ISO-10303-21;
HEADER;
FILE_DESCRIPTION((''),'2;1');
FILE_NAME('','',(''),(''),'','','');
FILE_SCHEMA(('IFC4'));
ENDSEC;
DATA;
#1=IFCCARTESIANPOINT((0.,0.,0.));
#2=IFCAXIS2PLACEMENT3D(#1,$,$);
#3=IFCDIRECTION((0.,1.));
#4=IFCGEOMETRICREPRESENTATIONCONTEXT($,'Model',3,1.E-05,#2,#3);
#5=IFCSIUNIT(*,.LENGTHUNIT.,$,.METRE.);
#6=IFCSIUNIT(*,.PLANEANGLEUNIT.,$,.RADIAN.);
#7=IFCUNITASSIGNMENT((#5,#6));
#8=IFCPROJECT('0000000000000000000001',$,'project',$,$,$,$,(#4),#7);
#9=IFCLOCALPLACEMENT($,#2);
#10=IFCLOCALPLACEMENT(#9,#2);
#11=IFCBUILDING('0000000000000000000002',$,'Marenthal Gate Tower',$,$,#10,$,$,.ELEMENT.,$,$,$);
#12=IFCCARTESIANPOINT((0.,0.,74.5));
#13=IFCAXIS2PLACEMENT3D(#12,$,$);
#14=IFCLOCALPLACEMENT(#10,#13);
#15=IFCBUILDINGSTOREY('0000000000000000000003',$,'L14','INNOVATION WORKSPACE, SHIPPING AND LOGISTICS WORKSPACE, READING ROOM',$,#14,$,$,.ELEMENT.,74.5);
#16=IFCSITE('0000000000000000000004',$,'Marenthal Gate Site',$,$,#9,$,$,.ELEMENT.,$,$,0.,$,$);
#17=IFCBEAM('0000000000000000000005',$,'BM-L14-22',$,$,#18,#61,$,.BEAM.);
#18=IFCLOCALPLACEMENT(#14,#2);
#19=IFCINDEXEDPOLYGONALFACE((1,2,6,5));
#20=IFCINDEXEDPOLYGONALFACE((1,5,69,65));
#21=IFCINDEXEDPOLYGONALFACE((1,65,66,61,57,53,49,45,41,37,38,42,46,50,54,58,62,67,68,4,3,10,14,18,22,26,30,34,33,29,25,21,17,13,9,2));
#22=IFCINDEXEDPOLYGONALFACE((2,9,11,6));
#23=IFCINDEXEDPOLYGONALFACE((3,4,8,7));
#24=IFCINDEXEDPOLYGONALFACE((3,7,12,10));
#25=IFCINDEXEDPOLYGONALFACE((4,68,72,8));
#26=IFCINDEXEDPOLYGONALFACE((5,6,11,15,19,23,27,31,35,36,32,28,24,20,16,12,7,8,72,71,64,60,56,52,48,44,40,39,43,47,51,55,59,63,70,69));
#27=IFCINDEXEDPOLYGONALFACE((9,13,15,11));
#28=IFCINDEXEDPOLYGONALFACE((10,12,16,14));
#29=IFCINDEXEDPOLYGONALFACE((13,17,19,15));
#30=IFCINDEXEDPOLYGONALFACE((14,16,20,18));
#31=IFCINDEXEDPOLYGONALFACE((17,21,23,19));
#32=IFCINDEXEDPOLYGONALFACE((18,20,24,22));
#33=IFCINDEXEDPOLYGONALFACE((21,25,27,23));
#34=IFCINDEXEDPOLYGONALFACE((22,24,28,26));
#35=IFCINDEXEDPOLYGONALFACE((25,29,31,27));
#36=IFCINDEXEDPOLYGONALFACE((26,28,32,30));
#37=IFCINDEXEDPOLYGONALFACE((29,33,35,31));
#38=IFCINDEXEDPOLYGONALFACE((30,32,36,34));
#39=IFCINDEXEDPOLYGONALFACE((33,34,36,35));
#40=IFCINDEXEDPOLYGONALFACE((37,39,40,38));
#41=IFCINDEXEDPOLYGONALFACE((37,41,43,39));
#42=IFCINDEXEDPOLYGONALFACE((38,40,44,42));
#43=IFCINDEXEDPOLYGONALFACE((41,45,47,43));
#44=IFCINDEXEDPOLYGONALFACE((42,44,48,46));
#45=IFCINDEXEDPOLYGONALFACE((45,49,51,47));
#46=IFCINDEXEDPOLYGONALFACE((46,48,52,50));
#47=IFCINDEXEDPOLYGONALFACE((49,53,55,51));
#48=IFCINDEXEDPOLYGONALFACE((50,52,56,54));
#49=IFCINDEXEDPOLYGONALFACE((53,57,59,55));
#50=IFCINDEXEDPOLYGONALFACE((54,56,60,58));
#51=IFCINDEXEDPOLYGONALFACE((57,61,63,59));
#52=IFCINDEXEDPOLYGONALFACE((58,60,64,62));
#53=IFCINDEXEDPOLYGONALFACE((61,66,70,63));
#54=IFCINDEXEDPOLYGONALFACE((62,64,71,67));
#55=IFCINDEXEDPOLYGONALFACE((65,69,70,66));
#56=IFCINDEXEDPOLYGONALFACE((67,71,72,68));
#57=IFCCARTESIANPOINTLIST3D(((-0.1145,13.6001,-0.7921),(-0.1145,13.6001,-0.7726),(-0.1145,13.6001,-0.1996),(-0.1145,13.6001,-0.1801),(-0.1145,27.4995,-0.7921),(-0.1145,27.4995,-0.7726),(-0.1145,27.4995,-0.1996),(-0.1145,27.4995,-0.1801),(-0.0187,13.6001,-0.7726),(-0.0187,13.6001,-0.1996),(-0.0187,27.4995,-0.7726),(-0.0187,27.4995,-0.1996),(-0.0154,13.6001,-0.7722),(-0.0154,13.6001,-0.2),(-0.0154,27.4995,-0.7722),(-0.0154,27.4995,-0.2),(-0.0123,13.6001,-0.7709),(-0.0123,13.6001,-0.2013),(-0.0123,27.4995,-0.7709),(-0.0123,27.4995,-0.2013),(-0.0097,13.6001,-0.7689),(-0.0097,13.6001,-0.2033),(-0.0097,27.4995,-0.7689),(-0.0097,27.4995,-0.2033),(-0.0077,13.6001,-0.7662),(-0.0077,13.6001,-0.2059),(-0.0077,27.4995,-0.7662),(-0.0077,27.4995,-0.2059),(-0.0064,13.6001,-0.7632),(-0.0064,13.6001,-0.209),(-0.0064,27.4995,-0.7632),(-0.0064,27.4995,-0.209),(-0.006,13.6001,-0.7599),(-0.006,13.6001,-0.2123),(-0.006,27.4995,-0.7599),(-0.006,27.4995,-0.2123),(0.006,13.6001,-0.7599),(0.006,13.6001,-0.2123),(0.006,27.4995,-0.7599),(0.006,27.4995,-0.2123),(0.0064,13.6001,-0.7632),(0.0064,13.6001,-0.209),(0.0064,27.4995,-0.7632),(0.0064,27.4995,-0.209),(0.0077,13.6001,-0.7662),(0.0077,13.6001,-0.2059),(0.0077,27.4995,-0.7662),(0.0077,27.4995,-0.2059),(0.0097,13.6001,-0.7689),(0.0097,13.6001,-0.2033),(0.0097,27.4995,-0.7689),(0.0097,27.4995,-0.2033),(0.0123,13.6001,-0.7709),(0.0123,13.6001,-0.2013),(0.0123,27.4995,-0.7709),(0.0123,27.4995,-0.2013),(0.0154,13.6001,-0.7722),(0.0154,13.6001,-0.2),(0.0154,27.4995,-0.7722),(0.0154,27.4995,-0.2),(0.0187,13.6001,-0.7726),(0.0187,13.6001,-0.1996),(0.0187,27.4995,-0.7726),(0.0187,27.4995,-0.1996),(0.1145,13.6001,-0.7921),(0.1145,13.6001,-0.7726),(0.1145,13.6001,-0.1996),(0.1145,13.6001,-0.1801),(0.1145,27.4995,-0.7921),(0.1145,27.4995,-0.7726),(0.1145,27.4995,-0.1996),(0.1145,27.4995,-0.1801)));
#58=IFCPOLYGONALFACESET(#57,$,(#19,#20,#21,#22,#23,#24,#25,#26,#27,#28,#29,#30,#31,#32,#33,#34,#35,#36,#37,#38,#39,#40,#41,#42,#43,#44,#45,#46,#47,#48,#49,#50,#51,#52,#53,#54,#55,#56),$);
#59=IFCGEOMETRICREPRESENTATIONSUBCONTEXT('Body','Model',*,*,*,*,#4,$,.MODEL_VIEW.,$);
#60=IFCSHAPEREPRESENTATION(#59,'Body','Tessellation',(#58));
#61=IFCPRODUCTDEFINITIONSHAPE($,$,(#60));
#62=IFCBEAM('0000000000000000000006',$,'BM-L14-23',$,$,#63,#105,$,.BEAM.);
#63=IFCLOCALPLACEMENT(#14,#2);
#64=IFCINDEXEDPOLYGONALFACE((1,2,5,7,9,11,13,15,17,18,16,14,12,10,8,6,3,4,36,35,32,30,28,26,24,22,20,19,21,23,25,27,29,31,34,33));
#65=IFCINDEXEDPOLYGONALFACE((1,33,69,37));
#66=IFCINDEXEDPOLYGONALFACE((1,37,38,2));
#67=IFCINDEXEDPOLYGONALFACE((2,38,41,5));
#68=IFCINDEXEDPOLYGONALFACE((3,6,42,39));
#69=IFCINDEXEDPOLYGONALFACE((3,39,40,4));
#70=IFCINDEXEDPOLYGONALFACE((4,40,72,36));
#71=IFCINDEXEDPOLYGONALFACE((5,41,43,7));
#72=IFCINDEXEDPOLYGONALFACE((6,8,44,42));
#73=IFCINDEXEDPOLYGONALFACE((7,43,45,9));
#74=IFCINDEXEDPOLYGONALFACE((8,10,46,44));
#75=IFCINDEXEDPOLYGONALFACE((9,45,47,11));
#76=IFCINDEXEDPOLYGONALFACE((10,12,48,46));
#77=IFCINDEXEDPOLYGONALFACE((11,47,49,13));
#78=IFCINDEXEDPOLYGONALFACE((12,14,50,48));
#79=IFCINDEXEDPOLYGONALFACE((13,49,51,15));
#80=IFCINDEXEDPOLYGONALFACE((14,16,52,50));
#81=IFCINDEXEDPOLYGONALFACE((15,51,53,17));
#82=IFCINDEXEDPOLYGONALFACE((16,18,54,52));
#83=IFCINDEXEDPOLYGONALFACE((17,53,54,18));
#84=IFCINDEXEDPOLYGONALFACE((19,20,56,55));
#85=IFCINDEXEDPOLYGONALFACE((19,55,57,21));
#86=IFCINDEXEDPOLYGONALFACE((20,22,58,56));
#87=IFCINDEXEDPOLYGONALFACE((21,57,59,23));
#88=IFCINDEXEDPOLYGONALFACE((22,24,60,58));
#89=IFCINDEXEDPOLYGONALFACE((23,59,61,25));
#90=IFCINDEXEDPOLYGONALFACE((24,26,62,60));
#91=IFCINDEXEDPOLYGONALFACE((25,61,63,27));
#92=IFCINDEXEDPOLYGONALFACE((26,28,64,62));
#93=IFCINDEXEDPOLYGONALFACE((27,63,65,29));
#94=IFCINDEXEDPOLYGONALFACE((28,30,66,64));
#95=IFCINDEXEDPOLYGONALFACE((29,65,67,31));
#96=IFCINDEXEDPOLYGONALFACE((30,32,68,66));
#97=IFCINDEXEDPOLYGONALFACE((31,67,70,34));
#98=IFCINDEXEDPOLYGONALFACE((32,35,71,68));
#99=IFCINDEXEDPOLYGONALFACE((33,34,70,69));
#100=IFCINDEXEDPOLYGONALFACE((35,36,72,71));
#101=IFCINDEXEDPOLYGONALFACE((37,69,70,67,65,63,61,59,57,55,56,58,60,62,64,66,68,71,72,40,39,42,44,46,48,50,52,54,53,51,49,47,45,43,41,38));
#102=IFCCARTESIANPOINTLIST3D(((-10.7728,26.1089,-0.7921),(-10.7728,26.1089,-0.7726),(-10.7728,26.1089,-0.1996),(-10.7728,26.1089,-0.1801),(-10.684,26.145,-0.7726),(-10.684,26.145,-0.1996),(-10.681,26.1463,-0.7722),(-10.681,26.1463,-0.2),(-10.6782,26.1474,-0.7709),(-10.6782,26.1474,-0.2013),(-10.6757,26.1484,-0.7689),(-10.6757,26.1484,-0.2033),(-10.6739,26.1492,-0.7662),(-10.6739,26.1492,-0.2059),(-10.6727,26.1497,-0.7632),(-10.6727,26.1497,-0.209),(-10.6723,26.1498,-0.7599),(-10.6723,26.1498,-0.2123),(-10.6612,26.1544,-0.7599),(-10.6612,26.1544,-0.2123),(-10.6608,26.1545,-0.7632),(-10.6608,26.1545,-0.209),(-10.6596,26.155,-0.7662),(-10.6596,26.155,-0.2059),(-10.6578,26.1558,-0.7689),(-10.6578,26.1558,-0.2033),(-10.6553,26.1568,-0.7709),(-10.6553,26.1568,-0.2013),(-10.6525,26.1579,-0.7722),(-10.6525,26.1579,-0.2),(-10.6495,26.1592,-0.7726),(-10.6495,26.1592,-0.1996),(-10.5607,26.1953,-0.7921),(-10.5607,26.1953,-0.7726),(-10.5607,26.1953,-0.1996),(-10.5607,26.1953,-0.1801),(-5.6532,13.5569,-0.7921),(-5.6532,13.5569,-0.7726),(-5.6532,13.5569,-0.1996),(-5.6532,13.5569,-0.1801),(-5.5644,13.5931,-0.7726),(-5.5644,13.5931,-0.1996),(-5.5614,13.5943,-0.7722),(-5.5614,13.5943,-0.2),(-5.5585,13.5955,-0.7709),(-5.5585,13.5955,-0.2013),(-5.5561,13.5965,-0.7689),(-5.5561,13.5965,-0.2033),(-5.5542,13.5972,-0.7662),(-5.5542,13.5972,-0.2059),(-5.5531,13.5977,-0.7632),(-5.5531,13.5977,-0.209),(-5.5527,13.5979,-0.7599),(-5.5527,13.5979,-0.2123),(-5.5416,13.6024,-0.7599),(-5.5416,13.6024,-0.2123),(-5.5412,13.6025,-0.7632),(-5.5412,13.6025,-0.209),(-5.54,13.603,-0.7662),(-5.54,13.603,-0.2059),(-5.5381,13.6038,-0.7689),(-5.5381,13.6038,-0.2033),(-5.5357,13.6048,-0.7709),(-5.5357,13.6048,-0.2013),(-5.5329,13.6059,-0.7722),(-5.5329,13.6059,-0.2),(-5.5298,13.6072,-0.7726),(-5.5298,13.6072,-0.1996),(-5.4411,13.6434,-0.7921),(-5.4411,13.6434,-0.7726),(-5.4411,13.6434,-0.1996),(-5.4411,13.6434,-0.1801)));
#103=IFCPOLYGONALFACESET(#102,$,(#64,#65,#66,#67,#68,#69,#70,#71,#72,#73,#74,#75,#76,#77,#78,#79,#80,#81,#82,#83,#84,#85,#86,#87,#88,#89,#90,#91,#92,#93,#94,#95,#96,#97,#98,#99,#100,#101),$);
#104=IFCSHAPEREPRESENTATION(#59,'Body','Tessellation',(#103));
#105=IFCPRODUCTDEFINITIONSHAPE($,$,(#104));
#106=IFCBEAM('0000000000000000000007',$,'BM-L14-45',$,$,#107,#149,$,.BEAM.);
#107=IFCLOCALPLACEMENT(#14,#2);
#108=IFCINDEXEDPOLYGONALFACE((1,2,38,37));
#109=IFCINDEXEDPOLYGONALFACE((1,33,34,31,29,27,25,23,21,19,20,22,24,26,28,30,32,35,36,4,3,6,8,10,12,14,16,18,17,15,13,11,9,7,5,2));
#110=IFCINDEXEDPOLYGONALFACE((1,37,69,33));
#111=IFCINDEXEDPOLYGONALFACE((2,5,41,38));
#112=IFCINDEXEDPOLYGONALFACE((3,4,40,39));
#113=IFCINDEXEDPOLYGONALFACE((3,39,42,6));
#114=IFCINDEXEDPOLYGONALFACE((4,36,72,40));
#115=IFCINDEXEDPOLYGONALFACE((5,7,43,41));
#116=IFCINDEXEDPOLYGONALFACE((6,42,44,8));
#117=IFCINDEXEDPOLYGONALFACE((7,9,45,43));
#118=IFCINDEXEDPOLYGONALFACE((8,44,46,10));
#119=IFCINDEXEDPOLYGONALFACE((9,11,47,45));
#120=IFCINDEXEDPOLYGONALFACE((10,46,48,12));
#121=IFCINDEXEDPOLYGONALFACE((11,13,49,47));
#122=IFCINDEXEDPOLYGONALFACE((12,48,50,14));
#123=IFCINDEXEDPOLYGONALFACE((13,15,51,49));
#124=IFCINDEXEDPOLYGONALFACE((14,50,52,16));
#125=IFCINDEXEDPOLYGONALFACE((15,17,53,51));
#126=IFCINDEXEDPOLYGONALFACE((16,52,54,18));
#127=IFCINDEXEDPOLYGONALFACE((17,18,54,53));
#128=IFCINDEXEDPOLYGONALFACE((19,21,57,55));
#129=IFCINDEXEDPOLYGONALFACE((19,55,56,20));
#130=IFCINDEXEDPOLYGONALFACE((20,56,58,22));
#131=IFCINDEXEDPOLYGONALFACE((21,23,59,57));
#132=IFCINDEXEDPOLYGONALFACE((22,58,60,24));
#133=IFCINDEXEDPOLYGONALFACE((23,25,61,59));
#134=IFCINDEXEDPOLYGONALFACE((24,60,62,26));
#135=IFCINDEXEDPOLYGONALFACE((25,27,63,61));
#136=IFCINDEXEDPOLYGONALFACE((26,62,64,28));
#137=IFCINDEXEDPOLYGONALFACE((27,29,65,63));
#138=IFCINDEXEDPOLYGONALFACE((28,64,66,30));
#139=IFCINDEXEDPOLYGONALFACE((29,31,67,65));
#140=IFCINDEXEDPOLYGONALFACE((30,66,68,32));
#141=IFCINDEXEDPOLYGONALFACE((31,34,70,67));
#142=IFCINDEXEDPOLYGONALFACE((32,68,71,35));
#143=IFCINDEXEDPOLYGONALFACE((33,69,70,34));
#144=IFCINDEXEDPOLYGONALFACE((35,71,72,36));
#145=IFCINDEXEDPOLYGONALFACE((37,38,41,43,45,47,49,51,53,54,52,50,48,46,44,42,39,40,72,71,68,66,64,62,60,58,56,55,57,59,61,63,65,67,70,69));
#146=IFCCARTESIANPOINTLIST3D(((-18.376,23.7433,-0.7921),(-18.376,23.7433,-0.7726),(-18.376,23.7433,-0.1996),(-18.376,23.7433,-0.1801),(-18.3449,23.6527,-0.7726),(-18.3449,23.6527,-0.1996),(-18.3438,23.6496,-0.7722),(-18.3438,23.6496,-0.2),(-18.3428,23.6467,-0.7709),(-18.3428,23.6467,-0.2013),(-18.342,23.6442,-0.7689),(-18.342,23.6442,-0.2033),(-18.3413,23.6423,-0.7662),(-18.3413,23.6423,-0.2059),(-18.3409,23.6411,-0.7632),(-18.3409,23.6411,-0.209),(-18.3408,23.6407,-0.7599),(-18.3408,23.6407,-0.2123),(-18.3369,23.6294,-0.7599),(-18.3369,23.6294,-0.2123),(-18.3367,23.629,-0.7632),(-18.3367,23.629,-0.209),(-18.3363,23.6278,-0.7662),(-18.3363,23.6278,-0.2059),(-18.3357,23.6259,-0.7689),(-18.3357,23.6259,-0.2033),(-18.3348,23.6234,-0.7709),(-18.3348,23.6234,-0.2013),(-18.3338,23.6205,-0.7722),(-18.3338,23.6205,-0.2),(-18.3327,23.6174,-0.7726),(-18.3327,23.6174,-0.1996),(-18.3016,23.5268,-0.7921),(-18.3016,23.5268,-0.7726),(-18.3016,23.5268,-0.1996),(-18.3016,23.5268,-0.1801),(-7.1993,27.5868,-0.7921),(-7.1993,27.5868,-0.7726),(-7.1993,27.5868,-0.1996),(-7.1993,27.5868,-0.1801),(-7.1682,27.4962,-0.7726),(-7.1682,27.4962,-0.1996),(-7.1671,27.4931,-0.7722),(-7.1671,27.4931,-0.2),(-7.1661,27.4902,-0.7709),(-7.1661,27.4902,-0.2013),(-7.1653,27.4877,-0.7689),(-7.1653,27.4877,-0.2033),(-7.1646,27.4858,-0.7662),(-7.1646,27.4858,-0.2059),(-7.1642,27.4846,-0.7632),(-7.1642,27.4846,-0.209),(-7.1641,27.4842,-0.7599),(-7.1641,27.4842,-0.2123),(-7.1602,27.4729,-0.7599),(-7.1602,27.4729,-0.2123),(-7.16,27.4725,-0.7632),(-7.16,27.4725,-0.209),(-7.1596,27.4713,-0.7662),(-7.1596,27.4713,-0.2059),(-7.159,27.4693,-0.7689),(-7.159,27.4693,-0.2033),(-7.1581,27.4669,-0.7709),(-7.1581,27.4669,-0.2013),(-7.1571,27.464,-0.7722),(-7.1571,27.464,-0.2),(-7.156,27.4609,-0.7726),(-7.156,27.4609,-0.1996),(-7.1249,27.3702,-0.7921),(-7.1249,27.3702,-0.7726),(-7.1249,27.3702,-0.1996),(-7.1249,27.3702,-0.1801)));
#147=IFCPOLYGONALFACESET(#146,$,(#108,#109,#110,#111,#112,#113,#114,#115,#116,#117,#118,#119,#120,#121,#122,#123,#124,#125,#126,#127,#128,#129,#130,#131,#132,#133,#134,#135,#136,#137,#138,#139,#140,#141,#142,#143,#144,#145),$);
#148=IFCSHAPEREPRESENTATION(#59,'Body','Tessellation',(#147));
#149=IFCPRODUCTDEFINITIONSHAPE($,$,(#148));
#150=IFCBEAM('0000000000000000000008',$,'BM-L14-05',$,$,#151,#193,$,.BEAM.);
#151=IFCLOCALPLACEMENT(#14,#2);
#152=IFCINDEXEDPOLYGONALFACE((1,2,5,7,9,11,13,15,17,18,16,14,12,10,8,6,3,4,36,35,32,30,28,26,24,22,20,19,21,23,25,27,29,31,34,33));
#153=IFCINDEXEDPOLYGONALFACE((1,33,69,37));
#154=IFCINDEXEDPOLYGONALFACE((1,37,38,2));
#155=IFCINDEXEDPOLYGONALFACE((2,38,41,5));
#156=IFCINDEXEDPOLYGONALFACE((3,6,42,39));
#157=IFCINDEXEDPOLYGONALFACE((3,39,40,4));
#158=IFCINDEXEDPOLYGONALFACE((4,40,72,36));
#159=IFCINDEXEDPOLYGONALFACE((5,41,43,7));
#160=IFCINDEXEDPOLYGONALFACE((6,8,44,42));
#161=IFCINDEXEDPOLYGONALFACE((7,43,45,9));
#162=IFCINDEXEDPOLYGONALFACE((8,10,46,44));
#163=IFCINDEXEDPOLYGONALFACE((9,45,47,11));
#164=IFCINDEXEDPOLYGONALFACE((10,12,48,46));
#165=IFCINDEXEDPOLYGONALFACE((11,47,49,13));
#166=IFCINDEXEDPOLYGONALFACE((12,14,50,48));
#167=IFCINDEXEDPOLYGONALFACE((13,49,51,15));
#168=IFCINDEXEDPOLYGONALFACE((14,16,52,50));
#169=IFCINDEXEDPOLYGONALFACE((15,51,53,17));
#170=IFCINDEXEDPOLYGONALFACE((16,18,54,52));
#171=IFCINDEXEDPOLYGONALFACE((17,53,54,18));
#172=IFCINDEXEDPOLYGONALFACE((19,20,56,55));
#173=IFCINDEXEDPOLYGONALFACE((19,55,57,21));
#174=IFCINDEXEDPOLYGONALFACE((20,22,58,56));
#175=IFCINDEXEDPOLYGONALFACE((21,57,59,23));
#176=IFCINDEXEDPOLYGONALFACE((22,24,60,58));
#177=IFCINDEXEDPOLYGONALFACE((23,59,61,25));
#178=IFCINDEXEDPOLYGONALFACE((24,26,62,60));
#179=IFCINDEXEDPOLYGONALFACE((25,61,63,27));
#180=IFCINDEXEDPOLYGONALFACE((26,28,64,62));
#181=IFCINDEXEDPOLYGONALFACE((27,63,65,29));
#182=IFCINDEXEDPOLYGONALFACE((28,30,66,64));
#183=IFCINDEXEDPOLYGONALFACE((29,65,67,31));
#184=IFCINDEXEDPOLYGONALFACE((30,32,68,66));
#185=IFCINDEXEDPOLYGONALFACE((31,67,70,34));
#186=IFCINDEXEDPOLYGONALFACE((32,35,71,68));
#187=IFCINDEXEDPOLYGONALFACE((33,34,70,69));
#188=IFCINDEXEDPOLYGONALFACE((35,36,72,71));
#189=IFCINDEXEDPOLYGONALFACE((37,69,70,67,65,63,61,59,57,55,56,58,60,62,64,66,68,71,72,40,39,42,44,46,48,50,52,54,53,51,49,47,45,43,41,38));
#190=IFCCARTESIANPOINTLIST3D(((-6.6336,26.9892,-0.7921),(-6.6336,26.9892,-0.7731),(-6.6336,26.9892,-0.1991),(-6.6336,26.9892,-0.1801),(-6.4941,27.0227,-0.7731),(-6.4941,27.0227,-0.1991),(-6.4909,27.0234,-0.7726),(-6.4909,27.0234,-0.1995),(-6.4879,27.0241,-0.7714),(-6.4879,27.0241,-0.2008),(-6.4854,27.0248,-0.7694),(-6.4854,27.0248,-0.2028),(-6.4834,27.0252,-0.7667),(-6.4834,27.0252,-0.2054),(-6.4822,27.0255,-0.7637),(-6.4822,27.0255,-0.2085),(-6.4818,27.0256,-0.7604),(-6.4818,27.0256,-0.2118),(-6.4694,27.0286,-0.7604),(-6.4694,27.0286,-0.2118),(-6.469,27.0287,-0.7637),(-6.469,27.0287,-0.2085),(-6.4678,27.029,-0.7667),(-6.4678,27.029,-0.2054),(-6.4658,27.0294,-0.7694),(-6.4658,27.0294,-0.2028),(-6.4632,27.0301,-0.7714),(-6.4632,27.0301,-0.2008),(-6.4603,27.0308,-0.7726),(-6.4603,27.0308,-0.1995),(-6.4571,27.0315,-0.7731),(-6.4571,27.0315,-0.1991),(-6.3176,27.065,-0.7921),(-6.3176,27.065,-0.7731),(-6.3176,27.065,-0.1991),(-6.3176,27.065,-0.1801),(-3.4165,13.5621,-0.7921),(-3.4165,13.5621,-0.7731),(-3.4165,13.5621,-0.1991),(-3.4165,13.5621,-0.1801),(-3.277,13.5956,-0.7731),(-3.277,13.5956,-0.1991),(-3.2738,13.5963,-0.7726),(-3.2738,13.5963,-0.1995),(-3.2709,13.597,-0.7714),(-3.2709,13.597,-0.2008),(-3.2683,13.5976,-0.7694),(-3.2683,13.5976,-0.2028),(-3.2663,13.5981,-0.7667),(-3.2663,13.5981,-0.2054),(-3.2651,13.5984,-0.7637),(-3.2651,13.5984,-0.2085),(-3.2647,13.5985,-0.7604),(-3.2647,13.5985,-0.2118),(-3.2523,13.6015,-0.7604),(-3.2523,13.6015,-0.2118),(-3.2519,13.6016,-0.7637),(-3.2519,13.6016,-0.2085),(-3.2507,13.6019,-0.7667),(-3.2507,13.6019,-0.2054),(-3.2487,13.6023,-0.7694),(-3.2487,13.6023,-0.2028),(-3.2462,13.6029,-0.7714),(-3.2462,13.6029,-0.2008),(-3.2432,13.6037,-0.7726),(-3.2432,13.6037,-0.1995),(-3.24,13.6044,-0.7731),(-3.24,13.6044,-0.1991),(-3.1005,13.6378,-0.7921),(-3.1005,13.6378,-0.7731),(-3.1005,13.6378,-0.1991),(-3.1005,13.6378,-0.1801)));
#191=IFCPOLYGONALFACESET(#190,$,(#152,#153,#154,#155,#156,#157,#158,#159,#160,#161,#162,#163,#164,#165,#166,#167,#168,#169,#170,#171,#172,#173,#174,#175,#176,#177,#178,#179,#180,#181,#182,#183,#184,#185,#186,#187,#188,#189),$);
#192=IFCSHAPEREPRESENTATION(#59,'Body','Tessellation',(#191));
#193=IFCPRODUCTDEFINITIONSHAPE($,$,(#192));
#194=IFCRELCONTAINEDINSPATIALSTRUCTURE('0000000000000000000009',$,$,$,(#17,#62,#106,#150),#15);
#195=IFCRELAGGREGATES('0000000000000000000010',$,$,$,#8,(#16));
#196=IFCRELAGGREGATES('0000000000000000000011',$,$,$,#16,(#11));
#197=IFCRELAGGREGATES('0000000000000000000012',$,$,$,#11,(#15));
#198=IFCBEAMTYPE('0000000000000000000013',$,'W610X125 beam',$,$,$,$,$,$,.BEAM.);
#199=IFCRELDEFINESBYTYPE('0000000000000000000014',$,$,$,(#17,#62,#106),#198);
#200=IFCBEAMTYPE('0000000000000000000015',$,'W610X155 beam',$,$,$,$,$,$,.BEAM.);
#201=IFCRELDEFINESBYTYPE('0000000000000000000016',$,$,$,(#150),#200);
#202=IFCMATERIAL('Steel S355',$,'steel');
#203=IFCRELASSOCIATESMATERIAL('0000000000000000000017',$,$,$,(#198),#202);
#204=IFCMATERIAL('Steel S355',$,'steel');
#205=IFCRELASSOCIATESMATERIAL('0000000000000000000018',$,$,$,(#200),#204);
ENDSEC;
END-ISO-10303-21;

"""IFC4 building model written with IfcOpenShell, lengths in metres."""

from ifc_helpers import new_model, si_unit, direction, frame, origin, origin_2d, place, context, subcontext, project, spatial, i_section, extrude, material, material_profile, profile_set, type_object, element, save


model = new_model("IFC4")

# Units and contexts
model_context = context("Model", 3, precision=1e-05, world=origin(), true_north=direction((0.0, 1.0)))
body_context = subcontext(model_context, "Body", "Model", "MODEL_VIEW")
ifc_project = project(units=[si_unit("LENGTHUNIT", "METRE"), si_unit("PLANEANGLEUNIT", "RADIAN")], contexts=[model_context])

# Site, building, storey
site_placement = place(None, origin())
site = spatial("IfcSite", under=ifc_project, at=site_placement, Name="Marenthal Gate Site", CompositionType="ELEMENT", RefElevation=0.0)
building_placement = place(site_placement, origin())
building = spatial("IfcBuilding", under=site, at=building_placement, Name="Marenthal Gate Tower", CompositionType="ELEMENT")
storey_placement = place(building_placement, frame((0.0, 0.0, 74.5)))
storey = spatial("IfcBuildingStorey", under=building, at=storey_placement, Name="L14", Description="INNOVATION WORKSPACE, SHIPPING AND LOGISTICS WORKSPACE, READING ROOM", CompositionType="ELEMENT", Elevation=74.5)

# Beams
ifc_material_1 = material(Name="Steel S355", Category="steel")
ifc_material_profile_1 = material_profile(ifc_material_1, i_section(OverallWidth=0.229, OverallDepth=0.6121, WebThickness=0.012, FlangeThickness=0.0195, FilletRadius=0.0127, at=origin_2d()), Name="W610X125")
ifc_profile_set_1 = profile_set([ifc_material_profile_1], Name="Steel S355")
beam_type_1 = type_object("IfcBeamType", Name="W610X125 beam", PredefinedType="BEAM", material=ifc_profile_set_1)
beam_1_placement = place(storey_placement, frame((0.0, 27.4995, -0.4861), z_axis=(0.0, -1.0, 0.0), x_axis=(1.0, 0.0, 0.0)))
element("IfcBeam", 1, at=beam_1_placement, inside=storey, type_object=beam_type_1, Name="BM-L14-22", PredefinedType="BEAM", context=body_context, shape_type="SweptSolid", body=[
    extrude(i_section(OverallWidth=0.229, OverallDepth=0.6121, WebThickness=0.012, FlangeThickness=0.0195, FilletRadius=0.0127, at=origin_2d()), origin(), (0.0, 0.0, 1.0), 13.8994),
])
beam_2_placement = place(storey_placement, frame((-10.6667, 26.1521, -0.4861), z_axis=(0.377667, -0.925941, 0.0), x_axis=(0.925941, 0.377667, 0.0)))
element("IfcBeam", 2, at=beam_2_placement, inside=storey, type_object=beam_type_1, Name="BM-L14-23", PredefinedType="BEAM", context=body_context, shape_type="SweptSolid", body=[
    extrude(i_section(OverallWidth=0.229, OverallDepth=0.6121, WebThickness=0.012, FlangeThickness=0.0195, FilletRadius=0.0127, at=origin_2d()), origin(), (0.0, 0.0, 1.0), 13.5559),
])
beam_3_placement = place(storey_placement, frame((-7.1621, 27.4785, -0.4861), z_axis=(-0.945648, -0.325193, 0.0), x_axis=(0.325193, -0.945648, 0.0)))
element("IfcBeam", 3, at=beam_3_placement, inside=storey, type_object=beam_type_1, Name="BM-L14-45", PredefinedType="BEAM", context=body_context, shape_type="SweptSolid", body=[
    extrude(i_section(OverallWidth=0.229, OverallDepth=0.6121, WebThickness=0.012, FlangeThickness=0.0195, FilletRadius=0.0127, at=origin_2d()), origin(), (0.0, 0.0, 1.0), 11.8191),
])
ifc_material_2 = material(Name="Steel S355", Category="steel")
ifc_material_profile_2 = material_profile(ifc_material_2, i_section(OverallWidth=0.325, OverallDepth=0.6121, WebThickness=0.0127, FlangeThickness=0.019, FilletRadius=0.0127, at=origin_2d()), Name="W610X155")
ifc_profile_set_2 = profile_set([ifc_material_profile_2], Name="Steel S355")
beam_type_2 = type_object("IfcBeamType", Name="W610X155 beam", PredefinedType="BEAM", material=ifc_profile_set_2)
beam_4_placement = place(storey_placement, frame((-6.4756, 27.0271, -0.4861), z_axis=(0.233, -0.972477, 0.0), x_axis=(0.972477, 0.233, 0.0)))
element("IfcBeam", 4, at=beam_4_placement, inside=storey, type_object=beam_type_2, Name="BM-L14-05", PredefinedType="BEAM", context=body_context, shape_type="SweptSolid", body=[
    extrude(i_section(OverallWidth=0.325, OverallDepth=0.6121, WebThickness=0.0127, FlangeThickness=0.019, FilletRadius=0.0127, at=origin_2d()), origin(), (0.0, 0.0, 1.0), 13.8071),
])

save(model, "model.ifc")
